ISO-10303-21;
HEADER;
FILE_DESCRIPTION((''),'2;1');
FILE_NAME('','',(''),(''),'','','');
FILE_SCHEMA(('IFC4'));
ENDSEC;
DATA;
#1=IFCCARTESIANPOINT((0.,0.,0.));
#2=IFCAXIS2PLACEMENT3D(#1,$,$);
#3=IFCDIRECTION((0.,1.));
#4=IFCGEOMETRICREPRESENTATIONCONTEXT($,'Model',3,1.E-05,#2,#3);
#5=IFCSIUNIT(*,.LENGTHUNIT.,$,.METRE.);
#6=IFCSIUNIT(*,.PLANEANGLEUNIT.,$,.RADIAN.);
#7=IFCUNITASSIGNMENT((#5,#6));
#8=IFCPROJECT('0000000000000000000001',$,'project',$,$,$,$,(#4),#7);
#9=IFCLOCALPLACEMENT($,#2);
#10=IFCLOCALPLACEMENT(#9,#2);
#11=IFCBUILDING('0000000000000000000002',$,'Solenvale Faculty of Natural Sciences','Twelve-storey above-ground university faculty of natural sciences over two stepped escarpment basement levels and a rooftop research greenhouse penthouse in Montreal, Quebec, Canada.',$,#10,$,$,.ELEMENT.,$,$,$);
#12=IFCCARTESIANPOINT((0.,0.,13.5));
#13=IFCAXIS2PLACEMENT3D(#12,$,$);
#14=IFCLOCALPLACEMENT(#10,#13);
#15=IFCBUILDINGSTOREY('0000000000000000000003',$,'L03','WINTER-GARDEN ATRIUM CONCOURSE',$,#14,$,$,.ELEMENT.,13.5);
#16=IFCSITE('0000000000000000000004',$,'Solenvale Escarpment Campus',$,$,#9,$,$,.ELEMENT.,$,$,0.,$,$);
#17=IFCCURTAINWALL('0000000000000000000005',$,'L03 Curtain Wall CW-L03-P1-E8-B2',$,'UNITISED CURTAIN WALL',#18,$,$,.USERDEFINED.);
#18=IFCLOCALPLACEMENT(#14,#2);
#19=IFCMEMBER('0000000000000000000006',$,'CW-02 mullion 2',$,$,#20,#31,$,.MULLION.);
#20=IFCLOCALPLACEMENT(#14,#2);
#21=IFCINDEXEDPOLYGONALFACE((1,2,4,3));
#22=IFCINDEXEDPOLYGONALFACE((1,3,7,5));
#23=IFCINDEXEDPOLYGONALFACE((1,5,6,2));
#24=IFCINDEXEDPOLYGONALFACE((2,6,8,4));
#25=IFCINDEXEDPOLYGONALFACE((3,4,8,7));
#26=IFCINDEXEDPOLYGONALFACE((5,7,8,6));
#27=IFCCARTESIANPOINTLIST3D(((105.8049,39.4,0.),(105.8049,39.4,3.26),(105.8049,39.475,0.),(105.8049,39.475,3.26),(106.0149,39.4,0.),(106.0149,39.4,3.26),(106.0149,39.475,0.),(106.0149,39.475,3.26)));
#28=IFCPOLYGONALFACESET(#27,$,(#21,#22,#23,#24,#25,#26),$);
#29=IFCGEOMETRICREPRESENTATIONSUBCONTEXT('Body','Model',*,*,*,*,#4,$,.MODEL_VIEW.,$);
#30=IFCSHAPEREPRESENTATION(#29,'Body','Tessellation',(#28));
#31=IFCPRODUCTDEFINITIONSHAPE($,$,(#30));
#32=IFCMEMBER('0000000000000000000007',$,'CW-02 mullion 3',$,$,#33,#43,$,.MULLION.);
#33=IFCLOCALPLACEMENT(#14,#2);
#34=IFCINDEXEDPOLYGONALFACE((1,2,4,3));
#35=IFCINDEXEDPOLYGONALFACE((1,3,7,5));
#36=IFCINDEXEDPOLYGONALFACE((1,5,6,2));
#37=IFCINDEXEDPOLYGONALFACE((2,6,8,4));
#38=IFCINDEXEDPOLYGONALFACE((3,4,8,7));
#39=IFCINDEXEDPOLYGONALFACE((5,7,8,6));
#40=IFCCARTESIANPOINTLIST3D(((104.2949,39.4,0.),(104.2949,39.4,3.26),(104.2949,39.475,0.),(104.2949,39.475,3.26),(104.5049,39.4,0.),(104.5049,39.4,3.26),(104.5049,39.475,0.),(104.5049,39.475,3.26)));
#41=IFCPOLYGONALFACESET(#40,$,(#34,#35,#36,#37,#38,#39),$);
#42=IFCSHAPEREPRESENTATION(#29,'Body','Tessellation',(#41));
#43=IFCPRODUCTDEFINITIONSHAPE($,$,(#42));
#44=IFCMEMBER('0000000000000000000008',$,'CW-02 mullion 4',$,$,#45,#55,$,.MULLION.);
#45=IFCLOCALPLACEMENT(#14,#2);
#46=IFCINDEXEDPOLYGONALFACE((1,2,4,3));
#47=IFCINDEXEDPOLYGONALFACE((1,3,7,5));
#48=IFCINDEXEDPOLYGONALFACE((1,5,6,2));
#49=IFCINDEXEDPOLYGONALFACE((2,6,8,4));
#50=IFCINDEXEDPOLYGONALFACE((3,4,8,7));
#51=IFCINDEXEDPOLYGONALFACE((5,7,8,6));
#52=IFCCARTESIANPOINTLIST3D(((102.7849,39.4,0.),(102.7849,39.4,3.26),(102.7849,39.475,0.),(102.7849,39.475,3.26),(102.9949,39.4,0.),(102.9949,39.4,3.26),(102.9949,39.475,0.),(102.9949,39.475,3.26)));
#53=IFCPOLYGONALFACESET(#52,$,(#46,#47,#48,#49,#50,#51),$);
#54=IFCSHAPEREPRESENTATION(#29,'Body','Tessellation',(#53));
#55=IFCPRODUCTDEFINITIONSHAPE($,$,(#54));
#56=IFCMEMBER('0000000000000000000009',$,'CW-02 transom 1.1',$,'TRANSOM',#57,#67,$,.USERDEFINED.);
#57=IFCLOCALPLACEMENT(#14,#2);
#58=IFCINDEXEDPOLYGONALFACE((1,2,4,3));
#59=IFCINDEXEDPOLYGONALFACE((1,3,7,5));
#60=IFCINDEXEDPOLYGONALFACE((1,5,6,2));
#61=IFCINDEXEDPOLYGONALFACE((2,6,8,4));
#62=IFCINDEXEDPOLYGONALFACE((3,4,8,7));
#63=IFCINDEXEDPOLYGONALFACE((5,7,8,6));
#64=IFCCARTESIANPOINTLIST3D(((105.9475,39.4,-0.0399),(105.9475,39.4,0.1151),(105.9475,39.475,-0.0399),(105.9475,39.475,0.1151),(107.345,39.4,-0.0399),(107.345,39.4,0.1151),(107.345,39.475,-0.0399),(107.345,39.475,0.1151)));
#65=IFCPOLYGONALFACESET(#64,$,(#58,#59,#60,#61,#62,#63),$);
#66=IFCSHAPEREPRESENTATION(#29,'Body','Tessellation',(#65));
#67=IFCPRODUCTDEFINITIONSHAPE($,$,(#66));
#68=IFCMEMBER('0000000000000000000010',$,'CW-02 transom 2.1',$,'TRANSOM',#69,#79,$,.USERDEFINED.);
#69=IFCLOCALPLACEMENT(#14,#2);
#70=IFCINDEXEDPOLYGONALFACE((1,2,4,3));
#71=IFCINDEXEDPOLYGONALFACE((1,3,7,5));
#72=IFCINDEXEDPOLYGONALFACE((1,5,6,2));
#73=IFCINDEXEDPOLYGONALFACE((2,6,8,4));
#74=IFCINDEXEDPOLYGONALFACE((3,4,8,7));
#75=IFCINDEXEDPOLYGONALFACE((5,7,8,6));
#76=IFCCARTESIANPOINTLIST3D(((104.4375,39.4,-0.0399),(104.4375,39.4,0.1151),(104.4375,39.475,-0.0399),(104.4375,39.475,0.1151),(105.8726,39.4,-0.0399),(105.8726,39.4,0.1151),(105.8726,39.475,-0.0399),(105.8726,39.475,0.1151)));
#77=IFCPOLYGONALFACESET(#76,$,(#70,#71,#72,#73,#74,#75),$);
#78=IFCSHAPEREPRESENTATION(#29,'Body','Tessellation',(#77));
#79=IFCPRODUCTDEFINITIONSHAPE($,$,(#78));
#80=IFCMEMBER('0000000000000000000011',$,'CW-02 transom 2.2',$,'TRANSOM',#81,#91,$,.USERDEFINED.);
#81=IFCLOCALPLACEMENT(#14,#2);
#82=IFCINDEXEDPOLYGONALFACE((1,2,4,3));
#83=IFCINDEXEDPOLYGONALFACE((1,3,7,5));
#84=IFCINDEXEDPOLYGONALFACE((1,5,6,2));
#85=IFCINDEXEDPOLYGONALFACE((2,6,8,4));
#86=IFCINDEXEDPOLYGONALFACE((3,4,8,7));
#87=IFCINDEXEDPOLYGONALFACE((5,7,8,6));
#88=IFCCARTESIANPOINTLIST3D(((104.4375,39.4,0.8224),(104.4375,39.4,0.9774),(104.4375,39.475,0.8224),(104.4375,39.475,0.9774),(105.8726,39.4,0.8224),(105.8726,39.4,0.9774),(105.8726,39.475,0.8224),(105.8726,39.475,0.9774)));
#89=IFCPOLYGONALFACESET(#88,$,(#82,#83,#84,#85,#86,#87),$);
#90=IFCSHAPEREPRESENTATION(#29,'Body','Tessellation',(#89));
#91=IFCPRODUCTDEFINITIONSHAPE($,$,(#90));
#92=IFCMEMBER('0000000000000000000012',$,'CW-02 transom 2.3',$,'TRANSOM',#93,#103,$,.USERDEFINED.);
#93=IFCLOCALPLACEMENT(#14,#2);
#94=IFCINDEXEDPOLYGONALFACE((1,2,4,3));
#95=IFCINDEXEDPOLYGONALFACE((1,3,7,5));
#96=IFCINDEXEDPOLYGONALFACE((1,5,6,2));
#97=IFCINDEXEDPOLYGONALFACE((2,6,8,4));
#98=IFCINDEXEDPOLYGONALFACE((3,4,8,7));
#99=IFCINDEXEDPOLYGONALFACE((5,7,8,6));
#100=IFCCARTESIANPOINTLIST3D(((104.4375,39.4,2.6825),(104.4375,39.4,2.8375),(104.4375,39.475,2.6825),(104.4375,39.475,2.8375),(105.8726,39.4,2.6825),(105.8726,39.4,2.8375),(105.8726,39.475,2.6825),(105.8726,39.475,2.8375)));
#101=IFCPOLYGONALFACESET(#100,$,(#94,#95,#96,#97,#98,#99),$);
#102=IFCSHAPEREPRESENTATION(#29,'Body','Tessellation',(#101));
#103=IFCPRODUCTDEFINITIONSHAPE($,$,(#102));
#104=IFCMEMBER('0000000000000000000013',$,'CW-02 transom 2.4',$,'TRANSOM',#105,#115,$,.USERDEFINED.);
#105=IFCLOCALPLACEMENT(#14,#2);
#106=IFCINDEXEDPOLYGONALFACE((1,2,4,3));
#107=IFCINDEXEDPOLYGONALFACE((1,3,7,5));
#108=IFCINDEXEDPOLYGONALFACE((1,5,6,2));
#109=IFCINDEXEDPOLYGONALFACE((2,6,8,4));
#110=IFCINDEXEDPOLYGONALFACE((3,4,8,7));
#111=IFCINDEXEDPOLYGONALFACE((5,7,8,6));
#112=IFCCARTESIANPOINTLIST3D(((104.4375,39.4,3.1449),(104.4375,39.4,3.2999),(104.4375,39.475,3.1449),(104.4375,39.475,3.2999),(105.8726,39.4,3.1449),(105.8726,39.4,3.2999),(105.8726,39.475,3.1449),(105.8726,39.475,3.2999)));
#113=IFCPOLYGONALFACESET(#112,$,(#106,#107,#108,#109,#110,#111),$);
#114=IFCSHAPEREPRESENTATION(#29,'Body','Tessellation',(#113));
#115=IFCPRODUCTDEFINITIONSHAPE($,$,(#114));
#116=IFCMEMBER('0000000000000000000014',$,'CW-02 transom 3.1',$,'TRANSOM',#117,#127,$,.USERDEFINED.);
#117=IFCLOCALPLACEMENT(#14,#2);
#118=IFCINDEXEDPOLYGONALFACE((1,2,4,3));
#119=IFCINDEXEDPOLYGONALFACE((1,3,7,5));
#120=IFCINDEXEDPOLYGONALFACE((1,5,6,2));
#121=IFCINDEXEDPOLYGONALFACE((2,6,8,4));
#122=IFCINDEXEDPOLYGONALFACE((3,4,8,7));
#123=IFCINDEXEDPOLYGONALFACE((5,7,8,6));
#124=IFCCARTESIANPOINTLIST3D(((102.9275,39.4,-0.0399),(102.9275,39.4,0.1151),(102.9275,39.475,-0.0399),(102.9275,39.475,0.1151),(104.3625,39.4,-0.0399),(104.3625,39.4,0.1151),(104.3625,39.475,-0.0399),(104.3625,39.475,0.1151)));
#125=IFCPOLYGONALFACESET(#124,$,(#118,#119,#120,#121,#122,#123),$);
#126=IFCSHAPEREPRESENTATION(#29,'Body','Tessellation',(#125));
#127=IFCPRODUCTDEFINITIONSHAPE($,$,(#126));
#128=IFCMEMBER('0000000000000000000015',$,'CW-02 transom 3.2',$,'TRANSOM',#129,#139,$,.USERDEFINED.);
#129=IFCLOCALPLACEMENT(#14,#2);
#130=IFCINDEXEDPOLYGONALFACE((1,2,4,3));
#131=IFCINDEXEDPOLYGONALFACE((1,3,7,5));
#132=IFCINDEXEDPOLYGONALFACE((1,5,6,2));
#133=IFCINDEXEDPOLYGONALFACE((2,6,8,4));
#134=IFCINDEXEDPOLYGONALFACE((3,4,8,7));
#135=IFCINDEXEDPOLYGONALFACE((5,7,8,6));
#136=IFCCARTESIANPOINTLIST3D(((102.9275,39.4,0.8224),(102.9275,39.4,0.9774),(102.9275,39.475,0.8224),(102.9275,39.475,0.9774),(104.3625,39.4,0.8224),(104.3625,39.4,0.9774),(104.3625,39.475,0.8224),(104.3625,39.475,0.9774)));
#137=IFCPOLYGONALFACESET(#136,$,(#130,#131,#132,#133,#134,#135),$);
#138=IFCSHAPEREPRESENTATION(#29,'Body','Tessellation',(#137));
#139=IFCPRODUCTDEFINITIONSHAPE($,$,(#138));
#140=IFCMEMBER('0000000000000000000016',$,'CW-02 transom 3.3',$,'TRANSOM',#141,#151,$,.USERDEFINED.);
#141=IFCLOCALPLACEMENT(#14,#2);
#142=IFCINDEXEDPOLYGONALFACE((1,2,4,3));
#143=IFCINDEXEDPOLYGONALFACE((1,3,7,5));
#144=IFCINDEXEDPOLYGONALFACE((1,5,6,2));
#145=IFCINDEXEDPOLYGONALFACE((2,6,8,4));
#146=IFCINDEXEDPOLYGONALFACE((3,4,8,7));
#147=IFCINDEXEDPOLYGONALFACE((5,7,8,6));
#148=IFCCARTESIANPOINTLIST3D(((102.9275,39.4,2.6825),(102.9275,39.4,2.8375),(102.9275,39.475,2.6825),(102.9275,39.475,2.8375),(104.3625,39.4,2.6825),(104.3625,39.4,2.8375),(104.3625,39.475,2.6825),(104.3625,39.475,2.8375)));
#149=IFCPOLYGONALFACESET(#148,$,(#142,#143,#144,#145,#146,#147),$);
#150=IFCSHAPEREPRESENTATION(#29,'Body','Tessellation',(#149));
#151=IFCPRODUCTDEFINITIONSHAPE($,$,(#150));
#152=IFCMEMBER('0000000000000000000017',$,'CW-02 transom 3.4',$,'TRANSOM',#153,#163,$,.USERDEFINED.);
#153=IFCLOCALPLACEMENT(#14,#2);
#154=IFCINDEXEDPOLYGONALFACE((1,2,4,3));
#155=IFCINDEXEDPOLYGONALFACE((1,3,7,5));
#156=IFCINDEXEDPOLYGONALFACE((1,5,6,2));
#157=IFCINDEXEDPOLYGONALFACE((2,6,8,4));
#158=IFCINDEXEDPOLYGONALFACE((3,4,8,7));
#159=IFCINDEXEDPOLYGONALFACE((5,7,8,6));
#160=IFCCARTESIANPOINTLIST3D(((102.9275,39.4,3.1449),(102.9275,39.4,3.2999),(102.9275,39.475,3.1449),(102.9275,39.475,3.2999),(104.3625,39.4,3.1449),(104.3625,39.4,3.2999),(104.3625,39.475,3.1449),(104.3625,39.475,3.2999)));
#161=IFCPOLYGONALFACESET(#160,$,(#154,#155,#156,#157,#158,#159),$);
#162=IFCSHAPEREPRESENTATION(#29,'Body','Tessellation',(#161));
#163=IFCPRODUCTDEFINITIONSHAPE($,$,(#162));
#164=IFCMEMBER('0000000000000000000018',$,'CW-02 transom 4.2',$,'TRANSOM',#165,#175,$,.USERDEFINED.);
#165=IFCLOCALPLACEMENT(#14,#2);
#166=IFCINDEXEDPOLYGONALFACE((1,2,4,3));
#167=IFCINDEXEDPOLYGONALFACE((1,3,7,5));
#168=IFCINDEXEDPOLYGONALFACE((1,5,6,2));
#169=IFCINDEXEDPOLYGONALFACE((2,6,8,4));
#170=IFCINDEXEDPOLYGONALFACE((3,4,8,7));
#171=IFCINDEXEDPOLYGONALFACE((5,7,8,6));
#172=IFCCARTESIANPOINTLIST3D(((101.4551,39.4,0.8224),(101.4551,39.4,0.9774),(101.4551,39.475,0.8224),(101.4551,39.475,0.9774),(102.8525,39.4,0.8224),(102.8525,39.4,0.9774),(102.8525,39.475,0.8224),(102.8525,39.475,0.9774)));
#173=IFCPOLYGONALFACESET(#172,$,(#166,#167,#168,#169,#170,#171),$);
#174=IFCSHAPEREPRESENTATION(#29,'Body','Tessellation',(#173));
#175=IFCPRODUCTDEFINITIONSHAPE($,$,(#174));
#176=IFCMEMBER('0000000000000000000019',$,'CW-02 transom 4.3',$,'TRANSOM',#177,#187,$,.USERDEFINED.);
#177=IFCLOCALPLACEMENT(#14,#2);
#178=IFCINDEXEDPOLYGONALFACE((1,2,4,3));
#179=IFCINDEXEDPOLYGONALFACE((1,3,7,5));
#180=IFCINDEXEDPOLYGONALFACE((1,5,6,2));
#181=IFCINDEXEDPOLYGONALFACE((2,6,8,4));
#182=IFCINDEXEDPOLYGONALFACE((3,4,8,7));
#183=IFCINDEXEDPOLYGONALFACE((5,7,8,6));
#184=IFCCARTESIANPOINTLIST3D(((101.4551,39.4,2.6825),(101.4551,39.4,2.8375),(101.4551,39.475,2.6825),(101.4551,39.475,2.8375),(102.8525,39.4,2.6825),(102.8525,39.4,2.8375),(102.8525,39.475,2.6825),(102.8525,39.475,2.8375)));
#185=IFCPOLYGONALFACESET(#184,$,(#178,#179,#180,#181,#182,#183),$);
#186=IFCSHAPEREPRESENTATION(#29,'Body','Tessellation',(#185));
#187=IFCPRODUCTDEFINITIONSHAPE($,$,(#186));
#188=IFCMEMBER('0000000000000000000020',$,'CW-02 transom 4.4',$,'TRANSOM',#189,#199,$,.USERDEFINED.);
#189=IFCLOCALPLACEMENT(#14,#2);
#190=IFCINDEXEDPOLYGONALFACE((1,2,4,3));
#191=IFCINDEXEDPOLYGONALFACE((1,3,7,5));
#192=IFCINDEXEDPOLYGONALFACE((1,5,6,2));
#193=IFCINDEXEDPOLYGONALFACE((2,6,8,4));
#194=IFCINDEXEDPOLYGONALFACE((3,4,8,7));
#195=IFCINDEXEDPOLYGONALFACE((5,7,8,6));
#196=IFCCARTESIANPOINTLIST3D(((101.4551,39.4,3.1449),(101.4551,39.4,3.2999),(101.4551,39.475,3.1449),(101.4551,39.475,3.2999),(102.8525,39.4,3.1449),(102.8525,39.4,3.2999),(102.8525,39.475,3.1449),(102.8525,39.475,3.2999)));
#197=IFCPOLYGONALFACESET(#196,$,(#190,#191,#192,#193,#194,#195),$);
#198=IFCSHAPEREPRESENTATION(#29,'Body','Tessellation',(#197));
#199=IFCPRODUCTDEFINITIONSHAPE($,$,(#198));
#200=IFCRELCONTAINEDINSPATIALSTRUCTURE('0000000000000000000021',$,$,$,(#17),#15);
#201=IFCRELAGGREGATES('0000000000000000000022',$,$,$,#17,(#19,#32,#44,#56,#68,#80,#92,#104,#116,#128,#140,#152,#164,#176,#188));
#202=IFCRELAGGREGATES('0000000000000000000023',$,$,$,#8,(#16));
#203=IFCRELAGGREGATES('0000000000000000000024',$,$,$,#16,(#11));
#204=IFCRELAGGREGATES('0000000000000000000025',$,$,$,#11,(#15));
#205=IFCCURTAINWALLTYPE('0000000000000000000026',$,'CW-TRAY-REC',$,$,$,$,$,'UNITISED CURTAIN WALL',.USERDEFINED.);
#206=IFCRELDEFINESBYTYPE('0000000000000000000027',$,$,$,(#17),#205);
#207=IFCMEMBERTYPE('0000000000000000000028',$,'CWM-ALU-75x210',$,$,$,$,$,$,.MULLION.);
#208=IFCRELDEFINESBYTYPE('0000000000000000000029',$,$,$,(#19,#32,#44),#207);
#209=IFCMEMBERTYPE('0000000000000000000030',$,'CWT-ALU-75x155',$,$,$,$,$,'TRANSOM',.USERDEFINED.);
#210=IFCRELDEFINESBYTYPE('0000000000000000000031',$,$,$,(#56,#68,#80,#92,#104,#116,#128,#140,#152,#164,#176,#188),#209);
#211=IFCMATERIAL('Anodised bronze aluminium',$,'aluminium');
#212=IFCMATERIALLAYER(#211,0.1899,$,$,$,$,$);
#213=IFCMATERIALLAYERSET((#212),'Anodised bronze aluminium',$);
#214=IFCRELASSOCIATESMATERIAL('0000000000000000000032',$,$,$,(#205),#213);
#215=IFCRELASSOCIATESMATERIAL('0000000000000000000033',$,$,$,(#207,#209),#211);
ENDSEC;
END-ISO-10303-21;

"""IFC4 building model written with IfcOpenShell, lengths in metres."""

from ifc_helpers import new_model, si_unit, direction, frame, origin, origin_2d, place, context, subcontext, project, spatial, rectangle, extrude, material, layer, layer_set, material_profile, profile_set, type_object, element, aggregate, save


model = new_model("IFC4")

# Units and contexts
model_context = context("Model", 3, precision=1e-05, world=origin(), true_north=direction((0.0, 1.0)))
body_context = subcontext(model_context, "Body", "Model", "MODEL_VIEW")
ifc_project = project(units=[si_unit("LENGTHUNIT", "METRE"), si_unit("PLANEANGLEUNIT", "RADIAN")], contexts=[model_context])

# Site, building, storey
site_placement = place(None, origin())
site = spatial("IfcSite", under=ifc_project, at=site_placement, Name="Solenvale Escarpment Campus", CompositionType="ELEMENT", RefElevation=0.0)
building_placement = place(site_placement, origin())
building = spatial("IfcBuilding", under=site, at=building_placement, Name="Solenvale Faculty of Natural Sciences", Description="Twelve-storey above-ground university faculty of natural sciences over two stepped escarpment basement levels and a rooftop research greenhouse penthouse in Montreal, Quebec, Canada.", CompositionType="ELEMENT")
storey_placement = place(building_placement, frame((0.0, 0.0, 13.5)))
storey = spatial("IfcBuildingStorey", under=building, at=storey_placement, Name="L03", Description="WINTER-GARDEN ATRIUM CONCOURSE", CompositionType="ELEMENT", Elevation=13.5)

# Curtain wall, members
ifc_material = material(Name="Anodised bronze aluminium", Category="aluminium")
ifc_layer_1 = layer(ifc_material, 0.1899)
ifc_layer_set_1 = layer_set([ifc_layer_1], Name="Anodised bronze aluminium")
curtain_wall_type = type_object("IfcCurtainWallType", Name="CW-TRAY-REC", ElementType="UNITISED CURTAIN WALL", PredefinedType="USERDEFINED", material=ifc_layer_set_1)
curtain_wall_placement = place(storey_placement, origin())
curtain_wall = element("IfcCurtainWall", 1, at=curtain_wall_placement, inside=storey, type_object=curtain_wall_type, Name="L03 Curtain Wall CW-L03-P1-E8-B2", ObjectType="UNITISED CURTAIN WALL", PredefinedType="USERDEFINED")
ifc_material_profile_1 = material_profile(ifc_material, rectangle(XDim=0.075, YDim=0.21, at=origin_2d()), Name="ALU-MUL-75x210")
ifc_profile_set_1 = profile_set([ifc_material_profile_1], Name="Anodised bronze aluminium")
member_type_1 = type_object("IfcMemberType", Name="CWM-ALU-75x210", PredefinedType="MULLION", material=ifc_profile_set_1)
member_1_placement = place(storey_placement, frame((105.9099, 39.4375, 0.0), z_axis=(0.0, 0.0, 1.0), x_axis=(0.0, -1.0, 0.0)))
member_1 = element("IfcMember", 2, at=member_1_placement, type_object=member_type_1, Name="CW-02 mullion 2", PredefinedType="MULLION", context=body_context, shape_type="SweptSolid", body=[
    extrude(rectangle(XDim=0.075, YDim=0.21, at=origin_2d()), origin(), (0.0, 0.0, 1.0), 3.26),
])
member_2_placement = place(storey_placement, frame((104.3999, 39.4375, 0.0), z_axis=(0.0, 0.0, 1.0), x_axis=(0.0, -1.0, 0.0)))
member_2 = element("IfcMember", 3, at=member_2_placement, type_object=member_type_1, Name="CW-02 mullion 3", PredefinedType="MULLION", context=body_context, shape_type="SweptSolid", body=[
    extrude(rectangle(XDim=0.075, YDim=0.21, at=origin_2d()), origin(), (0.0, 0.0, 1.0), 3.26),
])
member_3_placement = place(storey_placement, frame((102.8899, 39.4375, 0.0), z_axis=(0.0, 0.0, 1.0), x_axis=(0.0, -1.0, 0.0)))
member_3 = element("IfcMember", 4, at=member_3_placement, type_object=member_type_1, Name="CW-02 mullion 4", PredefinedType="MULLION", context=body_context, shape_type="SweptSolid", body=[
    extrude(rectangle(XDim=0.075, YDim=0.21, at=origin_2d()), origin(), (0.0, 0.0, 1.0), 3.26),
])
ifc_material_profile_2 = material_profile(ifc_material, rectangle(XDim=0.075, YDim=0.155, at=origin_2d()), Name="ALU-TRN-75x155")
ifc_profile_set_2 = profile_set([ifc_material_profile_2], Name="Anodised bronze aluminium")
member_type_2 = type_object("IfcMemberType", Name="CWT-ALU-75x155", ElementType="TRANSOM", PredefinedType="USERDEFINED", material=ifc_profile_set_2)
member_4_placement = place(storey_placement, frame((107.345, 39.4375, 0.0376), z_axis=(-1.0, 0.0, 0.0), x_axis=(0.0, -1.0, 0.0)))
member_4 = element("IfcMember", 5, at=member_4_placement, type_object=member_type_2, Name="CW-02 transom 1.1", ObjectType="TRANSOM", PredefinedType="USERDEFINED", context=body_context, shape_type="SweptSolid", body=[
    extrude(rectangle(XDim=0.075, YDim=0.155, at=origin_2d()), origin(), (0.0, 0.0, 1.0), 1.3975),
])
member_5_placement = place(storey_placement, frame((105.8726, 39.4375, 0.0376), z_axis=(-1.0, 0.0, 0.0), x_axis=(0.0, -1.0, 0.0)))
member_5 = element("IfcMember", 6, at=member_5_placement, type_object=member_type_2, Name="CW-02 transom 2.1", ObjectType="TRANSOM", PredefinedType="USERDEFINED", context=body_context, shape_type="SweptSolid", body=[
    extrude(rectangle(XDim=0.075, YDim=0.155, at=origin_2d()), origin(), (0.0, 0.0, 1.0), 1.4351),
])
member_6_placement = place(storey_placement, frame((105.8726, 39.4375, 0.8999), z_axis=(-1.0, 0.0, 0.0), x_axis=(0.0, -1.0, 0.0)))
member_6 = element("IfcMember", 7, at=member_6_placement, type_object=member_type_2, Name="CW-02 transom 2.2", ObjectType="TRANSOM", PredefinedType="USERDEFINED", context=body_context, shape_type="SweptSolid", body=[
    extrude(rectangle(XDim=0.075, YDim=0.155, at=origin_2d()), origin(), (0.0, 0.0, 1.0), 1.4351),
])
member_7_placement = place(storey_placement, frame((105.8726, 39.4375, 2.76), z_axis=(-1.0, 0.0, 0.0), x_axis=(0.0, -1.0, 0.0)))
member_7 = element("IfcMember", 8, at=member_7_placement, type_object=member_type_2, Name="CW-02 transom 2.3", ObjectType="TRANSOM", PredefinedType="USERDEFINED", context=body_context, shape_type="SweptSolid", body=[
    extrude(rectangle(XDim=0.075, YDim=0.155, at=origin_2d()), origin(), (0.0, 0.0, 1.0), 1.4351),
])
member_8_placement = place(storey_placement, frame((105.8726, 39.4375, 3.2224), z_axis=(-1.0, 0.0, 0.0), x_axis=(0.0, -1.0, 0.0)))
member_8 = element("IfcMember", 9, at=member_8_placement, type_object=member_type_2, Name="CW-02 transom 2.4", ObjectType="TRANSOM", PredefinedType="USERDEFINED", context=body_context, shape_type="SweptSolid", body=[
    extrude(rectangle(XDim=0.075, YDim=0.155, at=origin_2d()), origin(), (0.0, 0.0, 1.0), 1.4351),
])
member_9_placement = place(storey_placement, frame((104.3625, 39.4375, 0.0376), z_axis=(-1.0, 0.0, 0.0), x_axis=(0.0, -1.0, 0.0)))
member_9 = element("IfcMember", 10, at=member_9_placement, type_object=member_type_2, Name="CW-02 transom 3.1", ObjectType="TRANSOM", PredefinedType="USERDEFINED", context=body_context, shape_type="SweptSolid", body=[
    extrude(rectangle(XDim=0.075, YDim=0.155, at=origin_2d()), origin(), (0.0, 0.0, 1.0), 1.4351),
])
member_10_placement = place(storey_placement, frame((104.3625, 39.4375, 0.8999), z_axis=(-1.0, 0.0, 0.0), x_axis=(0.0, -1.0, 0.0)))
member_10 = element("IfcMember", 11, at=member_10_placement, type_object=member_type_2, Name="CW-02 transom 3.2", ObjectType="TRANSOM", PredefinedType="USERDEFINED", context=body_context, shape_type="SweptSolid", body=[
    extrude(rectangle(XDim=0.075, YDim=0.155, at=origin_2d()), origin(), (0.0, 0.0, 1.0), 1.4351),
])
member_11_placement = place(storey_placement, frame((104.3625, 39.4375, 2.76), z_axis=(-1.0, 0.0, 0.0), x_axis=(0.0, -1.0, 0.0)))
member_11 = element("IfcMember", 12, at=member_11_placement, type_object=member_type_2, Name="CW-02 transom 3.3", ObjectType="TRANSOM", PredefinedType="USERDEFINED", context=body_context, shape_type="SweptSolid", body=[
    extrude(rectangle(XDim=0.075, YDim=0.155, at=origin_2d()), origin(), (0.0, 0.0, 1.0), 1.4351),
])
member_12_placement = place(storey_placement, frame((104.3625, 39.4375, 3.2224), z_axis=(-1.0, 0.0, 0.0), x_axis=(0.0, -1.0, 0.0)))
member_12 = element("IfcMember", 13, at=member_12_placement, type_object=member_type_2, Name="CW-02 transom 3.4", ObjectType="TRANSOM", PredefinedType="USERDEFINED", context=body_context, shape_type="SweptSolid", body=[
    extrude(rectangle(XDim=0.075, YDim=0.155, at=origin_2d()), origin(), (0.0, 0.0, 1.0), 1.4351),
])
member_13_placement = place(storey_placement, frame((102.8525, 39.4375, 0.8999), z_axis=(-1.0, 0.0, 0.0), x_axis=(0.0, -1.0, 0.0)))
member_13 = element("IfcMember", 14, at=member_13_placement, type_object=member_type_2, Name="CW-02 transom 4.2", ObjectType="TRANSOM", PredefinedType="USERDEFINED", context=body_context, shape_type="SweptSolid", body=[
    extrude(rectangle(XDim=0.075, YDim=0.155, at=origin_2d()), origin(), (0.0, 0.0, 1.0), 1.3975),
])
member_14_placement = place(storey_placement, frame((102.8525, 39.4375, 2.76), z_axis=(-1.0, 0.0, 0.0), x_axis=(0.0, -1.0, 0.0)))
member_14 = element("IfcMember", 15, at=member_14_placement, type_object=member_type_2, Name="CW-02 transom 4.3", ObjectType="TRANSOM", PredefinedType="USERDEFINED", context=body_context, shape_type="SweptSolid", body=[
    extrude(rectangle(XDim=0.075, YDim=0.155, at=origin_2d()), origin(), (0.0, 0.0, 1.0), 1.3975),
])
member_15_placement = place(storey_placement, frame((102.8525, 39.4375, 3.2224), z_axis=(-1.0, 0.0, 0.0), x_axis=(0.0, -1.0, 0.0)))
member_15 = element("IfcMember", 16, at=member_15_placement, type_object=member_type_2, Name="CW-02 transom 4.4", ObjectType="TRANSOM", PredefinedType="USERDEFINED", context=body_context, shape_type="SweptSolid", body=[
    extrude(rectangle(XDim=0.075, YDim=0.155, at=origin_2d()), origin(), (0.0, 0.0, 1.0), 1.3975),
])
aggregate(curtain_wall, [member_1, member_2, member_3, member_4, member_5, member_6, member_7, member_8, member_9, member_10, member_11, member_12, member_13, member_14, member_15])

save(model, "model.ifc")
